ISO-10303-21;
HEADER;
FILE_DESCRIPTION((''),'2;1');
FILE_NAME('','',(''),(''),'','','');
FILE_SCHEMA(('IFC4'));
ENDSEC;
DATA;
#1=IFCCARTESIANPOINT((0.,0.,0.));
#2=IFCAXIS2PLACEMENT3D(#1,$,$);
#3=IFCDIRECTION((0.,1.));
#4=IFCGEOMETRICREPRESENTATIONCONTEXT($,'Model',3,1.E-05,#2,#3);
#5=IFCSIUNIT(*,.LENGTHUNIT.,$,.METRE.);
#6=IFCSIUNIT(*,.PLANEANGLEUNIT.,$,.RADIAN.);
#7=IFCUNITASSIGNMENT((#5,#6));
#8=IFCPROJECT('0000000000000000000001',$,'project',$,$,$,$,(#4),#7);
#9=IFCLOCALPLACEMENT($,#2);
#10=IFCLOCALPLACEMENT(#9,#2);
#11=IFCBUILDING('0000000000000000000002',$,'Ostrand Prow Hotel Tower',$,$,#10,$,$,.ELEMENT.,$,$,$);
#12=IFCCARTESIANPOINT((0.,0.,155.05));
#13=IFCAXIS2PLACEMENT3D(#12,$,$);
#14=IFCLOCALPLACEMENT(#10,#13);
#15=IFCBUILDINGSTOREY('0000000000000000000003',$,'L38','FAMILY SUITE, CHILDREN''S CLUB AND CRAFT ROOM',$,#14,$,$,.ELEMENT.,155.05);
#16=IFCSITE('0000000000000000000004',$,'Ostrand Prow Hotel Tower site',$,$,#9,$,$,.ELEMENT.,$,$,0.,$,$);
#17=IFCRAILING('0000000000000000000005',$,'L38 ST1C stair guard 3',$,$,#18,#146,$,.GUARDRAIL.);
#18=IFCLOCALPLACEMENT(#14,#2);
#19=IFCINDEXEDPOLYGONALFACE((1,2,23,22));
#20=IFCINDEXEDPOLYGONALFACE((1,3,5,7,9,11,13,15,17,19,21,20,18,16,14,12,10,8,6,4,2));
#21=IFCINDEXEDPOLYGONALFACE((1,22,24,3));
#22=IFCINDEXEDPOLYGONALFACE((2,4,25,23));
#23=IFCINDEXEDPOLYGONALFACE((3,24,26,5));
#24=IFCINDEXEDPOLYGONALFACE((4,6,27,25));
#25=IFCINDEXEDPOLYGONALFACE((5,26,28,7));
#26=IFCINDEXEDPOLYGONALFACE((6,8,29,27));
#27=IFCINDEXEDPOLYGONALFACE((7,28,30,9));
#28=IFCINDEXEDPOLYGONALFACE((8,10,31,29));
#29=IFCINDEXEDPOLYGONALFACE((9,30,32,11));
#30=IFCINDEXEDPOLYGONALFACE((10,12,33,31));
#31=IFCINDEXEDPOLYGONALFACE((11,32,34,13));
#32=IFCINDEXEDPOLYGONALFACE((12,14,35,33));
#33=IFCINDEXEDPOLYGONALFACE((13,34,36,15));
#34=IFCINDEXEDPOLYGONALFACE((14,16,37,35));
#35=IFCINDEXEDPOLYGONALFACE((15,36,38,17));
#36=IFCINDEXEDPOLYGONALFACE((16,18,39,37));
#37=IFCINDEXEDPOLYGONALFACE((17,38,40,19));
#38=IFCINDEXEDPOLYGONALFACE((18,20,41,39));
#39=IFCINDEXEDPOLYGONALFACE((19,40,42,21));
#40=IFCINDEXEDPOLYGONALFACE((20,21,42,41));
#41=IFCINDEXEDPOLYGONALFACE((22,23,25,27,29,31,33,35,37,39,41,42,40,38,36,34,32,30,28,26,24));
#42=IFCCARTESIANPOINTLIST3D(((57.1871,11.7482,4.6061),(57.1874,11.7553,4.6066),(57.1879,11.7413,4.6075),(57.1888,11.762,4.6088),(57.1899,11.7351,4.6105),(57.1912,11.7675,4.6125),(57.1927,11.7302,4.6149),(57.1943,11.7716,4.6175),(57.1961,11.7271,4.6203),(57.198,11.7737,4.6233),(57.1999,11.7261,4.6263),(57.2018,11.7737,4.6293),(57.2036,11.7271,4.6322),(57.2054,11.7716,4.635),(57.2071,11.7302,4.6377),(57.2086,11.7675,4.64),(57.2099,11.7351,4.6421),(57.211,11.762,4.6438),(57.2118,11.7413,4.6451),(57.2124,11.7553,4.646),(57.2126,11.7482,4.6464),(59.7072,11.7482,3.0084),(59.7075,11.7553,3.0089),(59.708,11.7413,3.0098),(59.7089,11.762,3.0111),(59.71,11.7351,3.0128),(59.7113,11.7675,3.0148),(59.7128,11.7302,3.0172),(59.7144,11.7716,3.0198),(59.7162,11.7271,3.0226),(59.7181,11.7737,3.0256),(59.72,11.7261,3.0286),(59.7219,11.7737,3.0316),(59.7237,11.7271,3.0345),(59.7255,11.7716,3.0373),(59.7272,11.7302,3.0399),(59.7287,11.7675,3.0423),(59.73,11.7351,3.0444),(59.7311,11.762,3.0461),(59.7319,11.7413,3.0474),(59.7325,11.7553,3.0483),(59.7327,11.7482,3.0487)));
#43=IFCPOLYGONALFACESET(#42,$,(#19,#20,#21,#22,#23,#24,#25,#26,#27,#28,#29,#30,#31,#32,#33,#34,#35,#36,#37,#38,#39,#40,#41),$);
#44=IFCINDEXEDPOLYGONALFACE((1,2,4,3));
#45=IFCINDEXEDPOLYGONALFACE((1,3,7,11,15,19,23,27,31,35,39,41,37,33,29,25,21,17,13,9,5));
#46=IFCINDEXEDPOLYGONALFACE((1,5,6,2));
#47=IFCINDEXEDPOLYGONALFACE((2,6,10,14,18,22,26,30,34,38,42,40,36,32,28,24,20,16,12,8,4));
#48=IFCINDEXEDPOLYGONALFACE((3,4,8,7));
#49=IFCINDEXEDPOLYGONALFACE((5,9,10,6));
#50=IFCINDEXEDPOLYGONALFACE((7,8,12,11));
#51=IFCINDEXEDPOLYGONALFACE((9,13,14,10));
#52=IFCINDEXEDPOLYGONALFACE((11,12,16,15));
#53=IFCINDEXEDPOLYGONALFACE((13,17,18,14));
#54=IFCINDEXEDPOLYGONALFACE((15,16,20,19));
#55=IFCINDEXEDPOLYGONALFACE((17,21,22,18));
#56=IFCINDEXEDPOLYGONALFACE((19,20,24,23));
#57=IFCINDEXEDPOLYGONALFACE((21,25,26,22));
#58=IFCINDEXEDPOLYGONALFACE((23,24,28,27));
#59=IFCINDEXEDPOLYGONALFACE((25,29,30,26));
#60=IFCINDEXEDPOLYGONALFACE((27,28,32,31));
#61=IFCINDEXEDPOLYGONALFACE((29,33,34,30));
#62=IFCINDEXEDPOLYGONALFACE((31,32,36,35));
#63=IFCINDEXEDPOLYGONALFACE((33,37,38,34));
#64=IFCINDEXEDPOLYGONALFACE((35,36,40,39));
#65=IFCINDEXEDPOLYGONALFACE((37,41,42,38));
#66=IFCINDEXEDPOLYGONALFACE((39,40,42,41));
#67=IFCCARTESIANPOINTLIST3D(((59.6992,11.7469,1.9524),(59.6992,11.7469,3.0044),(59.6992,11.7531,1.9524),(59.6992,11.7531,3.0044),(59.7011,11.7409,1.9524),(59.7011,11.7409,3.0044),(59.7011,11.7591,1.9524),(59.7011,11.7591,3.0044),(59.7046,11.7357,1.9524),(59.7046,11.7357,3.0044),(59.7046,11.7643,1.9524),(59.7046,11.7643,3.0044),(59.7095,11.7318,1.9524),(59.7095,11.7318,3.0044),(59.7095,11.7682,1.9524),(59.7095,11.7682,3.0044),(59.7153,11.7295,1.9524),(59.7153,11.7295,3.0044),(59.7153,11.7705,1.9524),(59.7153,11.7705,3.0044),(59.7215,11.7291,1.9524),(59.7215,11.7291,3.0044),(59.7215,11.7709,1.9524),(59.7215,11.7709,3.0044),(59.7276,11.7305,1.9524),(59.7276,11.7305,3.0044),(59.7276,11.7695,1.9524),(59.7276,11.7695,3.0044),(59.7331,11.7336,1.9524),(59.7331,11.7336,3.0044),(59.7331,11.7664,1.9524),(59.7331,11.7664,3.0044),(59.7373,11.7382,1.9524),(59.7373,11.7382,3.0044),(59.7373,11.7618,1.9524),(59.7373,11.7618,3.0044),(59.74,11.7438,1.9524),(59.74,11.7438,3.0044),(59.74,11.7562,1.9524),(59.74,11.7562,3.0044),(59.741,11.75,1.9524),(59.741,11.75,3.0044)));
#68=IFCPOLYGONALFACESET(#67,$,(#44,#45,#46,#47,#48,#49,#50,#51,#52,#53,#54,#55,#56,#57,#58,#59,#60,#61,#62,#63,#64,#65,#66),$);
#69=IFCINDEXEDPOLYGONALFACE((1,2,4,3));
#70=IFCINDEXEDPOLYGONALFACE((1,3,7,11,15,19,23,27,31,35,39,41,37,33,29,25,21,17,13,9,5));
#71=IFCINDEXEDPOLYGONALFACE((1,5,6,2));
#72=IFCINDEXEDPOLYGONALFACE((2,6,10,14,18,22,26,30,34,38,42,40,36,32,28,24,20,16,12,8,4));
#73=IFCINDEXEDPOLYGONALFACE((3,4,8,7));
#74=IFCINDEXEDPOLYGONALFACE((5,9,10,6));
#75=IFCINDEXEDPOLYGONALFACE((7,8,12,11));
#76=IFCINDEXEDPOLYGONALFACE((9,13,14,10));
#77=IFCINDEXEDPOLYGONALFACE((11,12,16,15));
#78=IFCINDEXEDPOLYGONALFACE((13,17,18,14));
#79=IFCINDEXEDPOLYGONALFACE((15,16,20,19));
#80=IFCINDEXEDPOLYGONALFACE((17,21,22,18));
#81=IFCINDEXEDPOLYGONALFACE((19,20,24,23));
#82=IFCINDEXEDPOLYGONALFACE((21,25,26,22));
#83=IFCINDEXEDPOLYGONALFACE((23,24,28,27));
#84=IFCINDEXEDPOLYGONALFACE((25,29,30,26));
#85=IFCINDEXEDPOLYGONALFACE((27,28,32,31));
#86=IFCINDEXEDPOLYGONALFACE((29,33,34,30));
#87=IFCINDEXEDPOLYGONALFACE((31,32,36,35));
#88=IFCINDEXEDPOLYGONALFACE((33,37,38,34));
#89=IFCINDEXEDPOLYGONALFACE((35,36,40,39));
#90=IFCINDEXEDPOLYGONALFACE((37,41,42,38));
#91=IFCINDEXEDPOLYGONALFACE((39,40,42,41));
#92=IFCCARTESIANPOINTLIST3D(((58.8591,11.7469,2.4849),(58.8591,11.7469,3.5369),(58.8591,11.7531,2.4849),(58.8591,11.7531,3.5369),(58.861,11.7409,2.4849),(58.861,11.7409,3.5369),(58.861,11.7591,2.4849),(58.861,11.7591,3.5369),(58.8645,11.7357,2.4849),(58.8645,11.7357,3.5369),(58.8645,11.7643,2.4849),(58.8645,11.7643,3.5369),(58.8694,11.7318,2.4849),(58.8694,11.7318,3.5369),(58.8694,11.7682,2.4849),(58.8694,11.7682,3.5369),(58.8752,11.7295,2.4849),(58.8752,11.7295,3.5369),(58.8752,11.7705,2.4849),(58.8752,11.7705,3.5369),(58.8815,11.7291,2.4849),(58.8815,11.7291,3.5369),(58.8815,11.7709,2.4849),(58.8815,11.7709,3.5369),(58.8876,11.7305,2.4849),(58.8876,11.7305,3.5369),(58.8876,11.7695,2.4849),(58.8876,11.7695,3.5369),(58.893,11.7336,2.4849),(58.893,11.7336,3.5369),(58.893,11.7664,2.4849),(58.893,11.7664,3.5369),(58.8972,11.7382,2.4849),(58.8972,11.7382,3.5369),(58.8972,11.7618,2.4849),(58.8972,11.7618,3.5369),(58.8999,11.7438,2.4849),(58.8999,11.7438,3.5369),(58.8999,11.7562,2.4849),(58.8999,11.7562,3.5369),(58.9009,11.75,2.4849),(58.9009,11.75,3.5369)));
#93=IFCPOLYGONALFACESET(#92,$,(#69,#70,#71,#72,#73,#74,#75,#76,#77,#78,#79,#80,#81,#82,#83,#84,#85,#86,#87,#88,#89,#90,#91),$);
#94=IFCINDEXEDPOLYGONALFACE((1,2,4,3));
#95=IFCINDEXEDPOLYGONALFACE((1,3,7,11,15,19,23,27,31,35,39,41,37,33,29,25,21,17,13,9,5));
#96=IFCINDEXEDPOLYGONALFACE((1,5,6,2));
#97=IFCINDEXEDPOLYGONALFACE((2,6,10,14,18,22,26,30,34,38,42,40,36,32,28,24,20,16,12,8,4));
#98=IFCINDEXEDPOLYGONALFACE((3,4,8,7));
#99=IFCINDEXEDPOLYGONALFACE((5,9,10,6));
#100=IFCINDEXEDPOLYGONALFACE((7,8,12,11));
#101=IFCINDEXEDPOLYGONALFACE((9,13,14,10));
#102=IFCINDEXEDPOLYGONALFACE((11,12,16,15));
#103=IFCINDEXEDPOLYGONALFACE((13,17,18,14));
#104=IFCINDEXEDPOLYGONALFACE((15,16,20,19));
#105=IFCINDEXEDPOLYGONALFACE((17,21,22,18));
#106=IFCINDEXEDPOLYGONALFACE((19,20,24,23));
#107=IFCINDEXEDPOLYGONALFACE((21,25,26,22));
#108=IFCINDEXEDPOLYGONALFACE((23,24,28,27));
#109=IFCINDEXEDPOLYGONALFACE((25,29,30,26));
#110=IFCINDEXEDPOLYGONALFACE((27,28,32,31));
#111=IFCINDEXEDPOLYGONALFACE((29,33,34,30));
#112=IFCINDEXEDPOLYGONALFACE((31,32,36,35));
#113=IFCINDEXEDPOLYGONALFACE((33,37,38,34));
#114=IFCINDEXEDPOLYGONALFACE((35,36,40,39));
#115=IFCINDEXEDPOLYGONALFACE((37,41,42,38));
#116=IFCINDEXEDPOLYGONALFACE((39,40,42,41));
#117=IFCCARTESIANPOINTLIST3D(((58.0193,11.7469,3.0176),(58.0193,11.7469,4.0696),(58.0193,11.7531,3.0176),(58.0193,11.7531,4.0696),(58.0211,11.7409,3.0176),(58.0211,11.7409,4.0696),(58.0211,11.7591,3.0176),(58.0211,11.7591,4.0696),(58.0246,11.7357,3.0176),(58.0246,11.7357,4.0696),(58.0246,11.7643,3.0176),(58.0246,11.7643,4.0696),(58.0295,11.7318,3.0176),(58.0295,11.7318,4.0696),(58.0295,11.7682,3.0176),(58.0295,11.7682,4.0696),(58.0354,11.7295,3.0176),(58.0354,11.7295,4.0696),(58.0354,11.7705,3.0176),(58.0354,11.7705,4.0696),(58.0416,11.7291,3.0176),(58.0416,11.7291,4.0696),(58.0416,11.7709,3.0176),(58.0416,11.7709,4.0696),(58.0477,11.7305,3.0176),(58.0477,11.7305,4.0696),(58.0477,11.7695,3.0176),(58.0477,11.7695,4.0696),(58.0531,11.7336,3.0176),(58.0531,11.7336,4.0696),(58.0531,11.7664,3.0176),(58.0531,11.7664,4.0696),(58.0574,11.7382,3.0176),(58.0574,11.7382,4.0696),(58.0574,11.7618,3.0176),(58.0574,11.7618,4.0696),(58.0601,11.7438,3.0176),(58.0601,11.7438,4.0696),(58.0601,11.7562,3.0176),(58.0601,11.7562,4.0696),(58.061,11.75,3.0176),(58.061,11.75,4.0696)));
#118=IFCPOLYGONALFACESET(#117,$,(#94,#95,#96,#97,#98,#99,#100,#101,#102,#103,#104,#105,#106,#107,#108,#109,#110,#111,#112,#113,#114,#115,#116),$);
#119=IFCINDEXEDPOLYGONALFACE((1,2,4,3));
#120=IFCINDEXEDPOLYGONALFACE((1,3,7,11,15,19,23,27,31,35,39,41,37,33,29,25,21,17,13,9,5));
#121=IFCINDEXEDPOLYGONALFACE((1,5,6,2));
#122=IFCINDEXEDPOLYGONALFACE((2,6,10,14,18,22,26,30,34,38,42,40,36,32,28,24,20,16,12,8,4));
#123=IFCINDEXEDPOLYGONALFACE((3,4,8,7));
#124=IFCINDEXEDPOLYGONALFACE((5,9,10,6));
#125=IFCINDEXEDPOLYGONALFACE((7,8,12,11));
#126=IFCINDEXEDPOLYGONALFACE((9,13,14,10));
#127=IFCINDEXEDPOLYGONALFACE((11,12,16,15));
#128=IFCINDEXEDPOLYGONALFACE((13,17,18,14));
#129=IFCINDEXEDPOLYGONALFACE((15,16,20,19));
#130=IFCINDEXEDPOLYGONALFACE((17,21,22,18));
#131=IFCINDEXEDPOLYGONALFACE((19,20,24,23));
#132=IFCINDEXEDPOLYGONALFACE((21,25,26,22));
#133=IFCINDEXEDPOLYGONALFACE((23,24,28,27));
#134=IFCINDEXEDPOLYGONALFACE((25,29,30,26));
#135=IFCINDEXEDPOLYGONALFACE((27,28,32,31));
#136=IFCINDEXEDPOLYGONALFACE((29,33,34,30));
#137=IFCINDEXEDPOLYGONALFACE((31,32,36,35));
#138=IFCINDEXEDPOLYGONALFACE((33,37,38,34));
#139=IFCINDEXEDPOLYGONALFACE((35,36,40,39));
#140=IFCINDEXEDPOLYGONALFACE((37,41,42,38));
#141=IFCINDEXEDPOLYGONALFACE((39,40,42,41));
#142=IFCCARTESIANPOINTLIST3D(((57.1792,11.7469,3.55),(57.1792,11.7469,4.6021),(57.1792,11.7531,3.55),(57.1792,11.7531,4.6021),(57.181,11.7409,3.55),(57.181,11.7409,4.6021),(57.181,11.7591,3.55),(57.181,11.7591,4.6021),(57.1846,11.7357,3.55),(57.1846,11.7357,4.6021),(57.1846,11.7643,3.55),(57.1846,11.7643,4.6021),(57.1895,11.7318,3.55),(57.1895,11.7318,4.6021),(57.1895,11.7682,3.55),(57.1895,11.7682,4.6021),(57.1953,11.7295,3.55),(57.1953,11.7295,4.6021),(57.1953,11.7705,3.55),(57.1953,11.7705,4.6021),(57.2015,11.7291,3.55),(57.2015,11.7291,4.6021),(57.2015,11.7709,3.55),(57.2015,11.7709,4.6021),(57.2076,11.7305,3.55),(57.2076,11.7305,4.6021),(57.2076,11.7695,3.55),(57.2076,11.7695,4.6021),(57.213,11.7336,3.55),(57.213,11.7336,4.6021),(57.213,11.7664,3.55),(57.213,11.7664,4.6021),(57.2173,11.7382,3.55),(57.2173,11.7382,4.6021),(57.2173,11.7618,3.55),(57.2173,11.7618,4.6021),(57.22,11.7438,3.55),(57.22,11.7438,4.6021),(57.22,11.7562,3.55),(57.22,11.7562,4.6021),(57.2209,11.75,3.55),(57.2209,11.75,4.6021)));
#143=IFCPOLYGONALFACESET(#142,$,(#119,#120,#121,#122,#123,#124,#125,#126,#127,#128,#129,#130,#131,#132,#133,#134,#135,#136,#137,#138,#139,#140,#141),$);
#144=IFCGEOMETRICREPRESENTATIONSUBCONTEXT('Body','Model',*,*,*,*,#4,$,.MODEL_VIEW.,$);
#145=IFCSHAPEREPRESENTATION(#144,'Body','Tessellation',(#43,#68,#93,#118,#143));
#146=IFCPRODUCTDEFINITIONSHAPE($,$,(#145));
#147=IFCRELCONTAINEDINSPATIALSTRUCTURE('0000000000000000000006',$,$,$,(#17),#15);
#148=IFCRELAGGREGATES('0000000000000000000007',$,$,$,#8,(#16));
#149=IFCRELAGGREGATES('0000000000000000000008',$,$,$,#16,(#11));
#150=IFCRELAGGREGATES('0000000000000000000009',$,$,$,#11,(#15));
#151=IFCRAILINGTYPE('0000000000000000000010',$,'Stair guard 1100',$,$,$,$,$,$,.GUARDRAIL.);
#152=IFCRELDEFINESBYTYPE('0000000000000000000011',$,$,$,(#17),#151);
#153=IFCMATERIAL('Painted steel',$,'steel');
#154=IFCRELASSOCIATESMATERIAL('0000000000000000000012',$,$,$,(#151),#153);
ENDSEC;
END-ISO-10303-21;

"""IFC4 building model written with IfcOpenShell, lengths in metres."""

from ifc_helpers import new_model, si_unit, direction, frame, origin, origin_2d, place, context, subcontext, project, spatial, circle, extrude, material, type_object, element, save


model = new_model("IFC4")

# Units and contexts
model_context = context("Model", 3, precision=1e-05, world=origin(), true_north=direction((0.0, 1.0)))
body_context = subcontext(model_context, "Body", "Model", "MODEL_VIEW")
ifc_project = project(units=[si_unit("LENGTHUNIT", "METRE"), si_unit("PLANEANGLEUNIT", "RADIAN")], contexts=[model_context])

# Site, building, storey
site_placement = place(None, origin())
site = spatial("IfcSite", under=ifc_project, at=site_placement, Name="Ostrand Prow Hotel Tower site", CompositionType="ELEMENT", RefElevation=0.0)
building_placement = place(site_placement, origin())
building = spatial("IfcBuilding", under=site, at=building_placement, Name="Ostrand Prow Hotel Tower", CompositionType="ELEMENT")
storey_placement = place(building_placement, frame((0.0, 0.0, 155.05)))
storey = spatial("IfcBuildingStorey", under=building, at=storey_placement, Name="L38", Description="FAMILY SUITE, CHILDREN'S CLUB AND CRAFT ROOM", CompositionType="ELEMENT", Elevation=155.05)

# Railing
ifc_material_1 = material(Name="Painted steel", Category="steel")
railing_type_1 = type_object("IfcRailingType", Name="Stair guard 1100", PredefinedType="GUARDRAIL", material=ifc_material_1)
railing_1_placement = place(storey_placement, frame((59.72, 11.75, 1.9524)))
element("IfcRailing", 1, at=railing_1_placement, inside=storey, type_object=railing_type_1, Name="L38 ST1C stair guard 3", PredefinedType="GUARDRAIL", context=body_context, shape_type="SweptSolid", body=[
    extrude(circle(Radius=0.0239, at=origin_2d()), frame((0.0, 0.0, 1.0762), z_axis=(-0.84457, 0.0, 0.535445), x_axis=(0.0, -1.0, 0.0)), (0.0, 0.0, 1.0), 2.9839),
    extrude(circle(Radius=0.021, at=origin_2d()), origin(), (0.0, 0.0, 1.0), 1.052),
    extrude(circle(Radius=0.021, at=origin_2d()), frame((-0.8401, 0.0, 0.5325)), (0.0, 0.0, 1.0), 1.052),
    extrude(circle(Radius=0.021, at=origin_2d()), frame((-1.6799, 0.0, 1.0652)), (0.0, 0.0, 1.0), 1.052),
    extrude(circle(Radius=0.021, at=origin_2d()), frame((-2.52, 0.0, 1.5977)), (0.0, 0.0, 1.0), 1.052),
])

save(model, "model.ifc")
